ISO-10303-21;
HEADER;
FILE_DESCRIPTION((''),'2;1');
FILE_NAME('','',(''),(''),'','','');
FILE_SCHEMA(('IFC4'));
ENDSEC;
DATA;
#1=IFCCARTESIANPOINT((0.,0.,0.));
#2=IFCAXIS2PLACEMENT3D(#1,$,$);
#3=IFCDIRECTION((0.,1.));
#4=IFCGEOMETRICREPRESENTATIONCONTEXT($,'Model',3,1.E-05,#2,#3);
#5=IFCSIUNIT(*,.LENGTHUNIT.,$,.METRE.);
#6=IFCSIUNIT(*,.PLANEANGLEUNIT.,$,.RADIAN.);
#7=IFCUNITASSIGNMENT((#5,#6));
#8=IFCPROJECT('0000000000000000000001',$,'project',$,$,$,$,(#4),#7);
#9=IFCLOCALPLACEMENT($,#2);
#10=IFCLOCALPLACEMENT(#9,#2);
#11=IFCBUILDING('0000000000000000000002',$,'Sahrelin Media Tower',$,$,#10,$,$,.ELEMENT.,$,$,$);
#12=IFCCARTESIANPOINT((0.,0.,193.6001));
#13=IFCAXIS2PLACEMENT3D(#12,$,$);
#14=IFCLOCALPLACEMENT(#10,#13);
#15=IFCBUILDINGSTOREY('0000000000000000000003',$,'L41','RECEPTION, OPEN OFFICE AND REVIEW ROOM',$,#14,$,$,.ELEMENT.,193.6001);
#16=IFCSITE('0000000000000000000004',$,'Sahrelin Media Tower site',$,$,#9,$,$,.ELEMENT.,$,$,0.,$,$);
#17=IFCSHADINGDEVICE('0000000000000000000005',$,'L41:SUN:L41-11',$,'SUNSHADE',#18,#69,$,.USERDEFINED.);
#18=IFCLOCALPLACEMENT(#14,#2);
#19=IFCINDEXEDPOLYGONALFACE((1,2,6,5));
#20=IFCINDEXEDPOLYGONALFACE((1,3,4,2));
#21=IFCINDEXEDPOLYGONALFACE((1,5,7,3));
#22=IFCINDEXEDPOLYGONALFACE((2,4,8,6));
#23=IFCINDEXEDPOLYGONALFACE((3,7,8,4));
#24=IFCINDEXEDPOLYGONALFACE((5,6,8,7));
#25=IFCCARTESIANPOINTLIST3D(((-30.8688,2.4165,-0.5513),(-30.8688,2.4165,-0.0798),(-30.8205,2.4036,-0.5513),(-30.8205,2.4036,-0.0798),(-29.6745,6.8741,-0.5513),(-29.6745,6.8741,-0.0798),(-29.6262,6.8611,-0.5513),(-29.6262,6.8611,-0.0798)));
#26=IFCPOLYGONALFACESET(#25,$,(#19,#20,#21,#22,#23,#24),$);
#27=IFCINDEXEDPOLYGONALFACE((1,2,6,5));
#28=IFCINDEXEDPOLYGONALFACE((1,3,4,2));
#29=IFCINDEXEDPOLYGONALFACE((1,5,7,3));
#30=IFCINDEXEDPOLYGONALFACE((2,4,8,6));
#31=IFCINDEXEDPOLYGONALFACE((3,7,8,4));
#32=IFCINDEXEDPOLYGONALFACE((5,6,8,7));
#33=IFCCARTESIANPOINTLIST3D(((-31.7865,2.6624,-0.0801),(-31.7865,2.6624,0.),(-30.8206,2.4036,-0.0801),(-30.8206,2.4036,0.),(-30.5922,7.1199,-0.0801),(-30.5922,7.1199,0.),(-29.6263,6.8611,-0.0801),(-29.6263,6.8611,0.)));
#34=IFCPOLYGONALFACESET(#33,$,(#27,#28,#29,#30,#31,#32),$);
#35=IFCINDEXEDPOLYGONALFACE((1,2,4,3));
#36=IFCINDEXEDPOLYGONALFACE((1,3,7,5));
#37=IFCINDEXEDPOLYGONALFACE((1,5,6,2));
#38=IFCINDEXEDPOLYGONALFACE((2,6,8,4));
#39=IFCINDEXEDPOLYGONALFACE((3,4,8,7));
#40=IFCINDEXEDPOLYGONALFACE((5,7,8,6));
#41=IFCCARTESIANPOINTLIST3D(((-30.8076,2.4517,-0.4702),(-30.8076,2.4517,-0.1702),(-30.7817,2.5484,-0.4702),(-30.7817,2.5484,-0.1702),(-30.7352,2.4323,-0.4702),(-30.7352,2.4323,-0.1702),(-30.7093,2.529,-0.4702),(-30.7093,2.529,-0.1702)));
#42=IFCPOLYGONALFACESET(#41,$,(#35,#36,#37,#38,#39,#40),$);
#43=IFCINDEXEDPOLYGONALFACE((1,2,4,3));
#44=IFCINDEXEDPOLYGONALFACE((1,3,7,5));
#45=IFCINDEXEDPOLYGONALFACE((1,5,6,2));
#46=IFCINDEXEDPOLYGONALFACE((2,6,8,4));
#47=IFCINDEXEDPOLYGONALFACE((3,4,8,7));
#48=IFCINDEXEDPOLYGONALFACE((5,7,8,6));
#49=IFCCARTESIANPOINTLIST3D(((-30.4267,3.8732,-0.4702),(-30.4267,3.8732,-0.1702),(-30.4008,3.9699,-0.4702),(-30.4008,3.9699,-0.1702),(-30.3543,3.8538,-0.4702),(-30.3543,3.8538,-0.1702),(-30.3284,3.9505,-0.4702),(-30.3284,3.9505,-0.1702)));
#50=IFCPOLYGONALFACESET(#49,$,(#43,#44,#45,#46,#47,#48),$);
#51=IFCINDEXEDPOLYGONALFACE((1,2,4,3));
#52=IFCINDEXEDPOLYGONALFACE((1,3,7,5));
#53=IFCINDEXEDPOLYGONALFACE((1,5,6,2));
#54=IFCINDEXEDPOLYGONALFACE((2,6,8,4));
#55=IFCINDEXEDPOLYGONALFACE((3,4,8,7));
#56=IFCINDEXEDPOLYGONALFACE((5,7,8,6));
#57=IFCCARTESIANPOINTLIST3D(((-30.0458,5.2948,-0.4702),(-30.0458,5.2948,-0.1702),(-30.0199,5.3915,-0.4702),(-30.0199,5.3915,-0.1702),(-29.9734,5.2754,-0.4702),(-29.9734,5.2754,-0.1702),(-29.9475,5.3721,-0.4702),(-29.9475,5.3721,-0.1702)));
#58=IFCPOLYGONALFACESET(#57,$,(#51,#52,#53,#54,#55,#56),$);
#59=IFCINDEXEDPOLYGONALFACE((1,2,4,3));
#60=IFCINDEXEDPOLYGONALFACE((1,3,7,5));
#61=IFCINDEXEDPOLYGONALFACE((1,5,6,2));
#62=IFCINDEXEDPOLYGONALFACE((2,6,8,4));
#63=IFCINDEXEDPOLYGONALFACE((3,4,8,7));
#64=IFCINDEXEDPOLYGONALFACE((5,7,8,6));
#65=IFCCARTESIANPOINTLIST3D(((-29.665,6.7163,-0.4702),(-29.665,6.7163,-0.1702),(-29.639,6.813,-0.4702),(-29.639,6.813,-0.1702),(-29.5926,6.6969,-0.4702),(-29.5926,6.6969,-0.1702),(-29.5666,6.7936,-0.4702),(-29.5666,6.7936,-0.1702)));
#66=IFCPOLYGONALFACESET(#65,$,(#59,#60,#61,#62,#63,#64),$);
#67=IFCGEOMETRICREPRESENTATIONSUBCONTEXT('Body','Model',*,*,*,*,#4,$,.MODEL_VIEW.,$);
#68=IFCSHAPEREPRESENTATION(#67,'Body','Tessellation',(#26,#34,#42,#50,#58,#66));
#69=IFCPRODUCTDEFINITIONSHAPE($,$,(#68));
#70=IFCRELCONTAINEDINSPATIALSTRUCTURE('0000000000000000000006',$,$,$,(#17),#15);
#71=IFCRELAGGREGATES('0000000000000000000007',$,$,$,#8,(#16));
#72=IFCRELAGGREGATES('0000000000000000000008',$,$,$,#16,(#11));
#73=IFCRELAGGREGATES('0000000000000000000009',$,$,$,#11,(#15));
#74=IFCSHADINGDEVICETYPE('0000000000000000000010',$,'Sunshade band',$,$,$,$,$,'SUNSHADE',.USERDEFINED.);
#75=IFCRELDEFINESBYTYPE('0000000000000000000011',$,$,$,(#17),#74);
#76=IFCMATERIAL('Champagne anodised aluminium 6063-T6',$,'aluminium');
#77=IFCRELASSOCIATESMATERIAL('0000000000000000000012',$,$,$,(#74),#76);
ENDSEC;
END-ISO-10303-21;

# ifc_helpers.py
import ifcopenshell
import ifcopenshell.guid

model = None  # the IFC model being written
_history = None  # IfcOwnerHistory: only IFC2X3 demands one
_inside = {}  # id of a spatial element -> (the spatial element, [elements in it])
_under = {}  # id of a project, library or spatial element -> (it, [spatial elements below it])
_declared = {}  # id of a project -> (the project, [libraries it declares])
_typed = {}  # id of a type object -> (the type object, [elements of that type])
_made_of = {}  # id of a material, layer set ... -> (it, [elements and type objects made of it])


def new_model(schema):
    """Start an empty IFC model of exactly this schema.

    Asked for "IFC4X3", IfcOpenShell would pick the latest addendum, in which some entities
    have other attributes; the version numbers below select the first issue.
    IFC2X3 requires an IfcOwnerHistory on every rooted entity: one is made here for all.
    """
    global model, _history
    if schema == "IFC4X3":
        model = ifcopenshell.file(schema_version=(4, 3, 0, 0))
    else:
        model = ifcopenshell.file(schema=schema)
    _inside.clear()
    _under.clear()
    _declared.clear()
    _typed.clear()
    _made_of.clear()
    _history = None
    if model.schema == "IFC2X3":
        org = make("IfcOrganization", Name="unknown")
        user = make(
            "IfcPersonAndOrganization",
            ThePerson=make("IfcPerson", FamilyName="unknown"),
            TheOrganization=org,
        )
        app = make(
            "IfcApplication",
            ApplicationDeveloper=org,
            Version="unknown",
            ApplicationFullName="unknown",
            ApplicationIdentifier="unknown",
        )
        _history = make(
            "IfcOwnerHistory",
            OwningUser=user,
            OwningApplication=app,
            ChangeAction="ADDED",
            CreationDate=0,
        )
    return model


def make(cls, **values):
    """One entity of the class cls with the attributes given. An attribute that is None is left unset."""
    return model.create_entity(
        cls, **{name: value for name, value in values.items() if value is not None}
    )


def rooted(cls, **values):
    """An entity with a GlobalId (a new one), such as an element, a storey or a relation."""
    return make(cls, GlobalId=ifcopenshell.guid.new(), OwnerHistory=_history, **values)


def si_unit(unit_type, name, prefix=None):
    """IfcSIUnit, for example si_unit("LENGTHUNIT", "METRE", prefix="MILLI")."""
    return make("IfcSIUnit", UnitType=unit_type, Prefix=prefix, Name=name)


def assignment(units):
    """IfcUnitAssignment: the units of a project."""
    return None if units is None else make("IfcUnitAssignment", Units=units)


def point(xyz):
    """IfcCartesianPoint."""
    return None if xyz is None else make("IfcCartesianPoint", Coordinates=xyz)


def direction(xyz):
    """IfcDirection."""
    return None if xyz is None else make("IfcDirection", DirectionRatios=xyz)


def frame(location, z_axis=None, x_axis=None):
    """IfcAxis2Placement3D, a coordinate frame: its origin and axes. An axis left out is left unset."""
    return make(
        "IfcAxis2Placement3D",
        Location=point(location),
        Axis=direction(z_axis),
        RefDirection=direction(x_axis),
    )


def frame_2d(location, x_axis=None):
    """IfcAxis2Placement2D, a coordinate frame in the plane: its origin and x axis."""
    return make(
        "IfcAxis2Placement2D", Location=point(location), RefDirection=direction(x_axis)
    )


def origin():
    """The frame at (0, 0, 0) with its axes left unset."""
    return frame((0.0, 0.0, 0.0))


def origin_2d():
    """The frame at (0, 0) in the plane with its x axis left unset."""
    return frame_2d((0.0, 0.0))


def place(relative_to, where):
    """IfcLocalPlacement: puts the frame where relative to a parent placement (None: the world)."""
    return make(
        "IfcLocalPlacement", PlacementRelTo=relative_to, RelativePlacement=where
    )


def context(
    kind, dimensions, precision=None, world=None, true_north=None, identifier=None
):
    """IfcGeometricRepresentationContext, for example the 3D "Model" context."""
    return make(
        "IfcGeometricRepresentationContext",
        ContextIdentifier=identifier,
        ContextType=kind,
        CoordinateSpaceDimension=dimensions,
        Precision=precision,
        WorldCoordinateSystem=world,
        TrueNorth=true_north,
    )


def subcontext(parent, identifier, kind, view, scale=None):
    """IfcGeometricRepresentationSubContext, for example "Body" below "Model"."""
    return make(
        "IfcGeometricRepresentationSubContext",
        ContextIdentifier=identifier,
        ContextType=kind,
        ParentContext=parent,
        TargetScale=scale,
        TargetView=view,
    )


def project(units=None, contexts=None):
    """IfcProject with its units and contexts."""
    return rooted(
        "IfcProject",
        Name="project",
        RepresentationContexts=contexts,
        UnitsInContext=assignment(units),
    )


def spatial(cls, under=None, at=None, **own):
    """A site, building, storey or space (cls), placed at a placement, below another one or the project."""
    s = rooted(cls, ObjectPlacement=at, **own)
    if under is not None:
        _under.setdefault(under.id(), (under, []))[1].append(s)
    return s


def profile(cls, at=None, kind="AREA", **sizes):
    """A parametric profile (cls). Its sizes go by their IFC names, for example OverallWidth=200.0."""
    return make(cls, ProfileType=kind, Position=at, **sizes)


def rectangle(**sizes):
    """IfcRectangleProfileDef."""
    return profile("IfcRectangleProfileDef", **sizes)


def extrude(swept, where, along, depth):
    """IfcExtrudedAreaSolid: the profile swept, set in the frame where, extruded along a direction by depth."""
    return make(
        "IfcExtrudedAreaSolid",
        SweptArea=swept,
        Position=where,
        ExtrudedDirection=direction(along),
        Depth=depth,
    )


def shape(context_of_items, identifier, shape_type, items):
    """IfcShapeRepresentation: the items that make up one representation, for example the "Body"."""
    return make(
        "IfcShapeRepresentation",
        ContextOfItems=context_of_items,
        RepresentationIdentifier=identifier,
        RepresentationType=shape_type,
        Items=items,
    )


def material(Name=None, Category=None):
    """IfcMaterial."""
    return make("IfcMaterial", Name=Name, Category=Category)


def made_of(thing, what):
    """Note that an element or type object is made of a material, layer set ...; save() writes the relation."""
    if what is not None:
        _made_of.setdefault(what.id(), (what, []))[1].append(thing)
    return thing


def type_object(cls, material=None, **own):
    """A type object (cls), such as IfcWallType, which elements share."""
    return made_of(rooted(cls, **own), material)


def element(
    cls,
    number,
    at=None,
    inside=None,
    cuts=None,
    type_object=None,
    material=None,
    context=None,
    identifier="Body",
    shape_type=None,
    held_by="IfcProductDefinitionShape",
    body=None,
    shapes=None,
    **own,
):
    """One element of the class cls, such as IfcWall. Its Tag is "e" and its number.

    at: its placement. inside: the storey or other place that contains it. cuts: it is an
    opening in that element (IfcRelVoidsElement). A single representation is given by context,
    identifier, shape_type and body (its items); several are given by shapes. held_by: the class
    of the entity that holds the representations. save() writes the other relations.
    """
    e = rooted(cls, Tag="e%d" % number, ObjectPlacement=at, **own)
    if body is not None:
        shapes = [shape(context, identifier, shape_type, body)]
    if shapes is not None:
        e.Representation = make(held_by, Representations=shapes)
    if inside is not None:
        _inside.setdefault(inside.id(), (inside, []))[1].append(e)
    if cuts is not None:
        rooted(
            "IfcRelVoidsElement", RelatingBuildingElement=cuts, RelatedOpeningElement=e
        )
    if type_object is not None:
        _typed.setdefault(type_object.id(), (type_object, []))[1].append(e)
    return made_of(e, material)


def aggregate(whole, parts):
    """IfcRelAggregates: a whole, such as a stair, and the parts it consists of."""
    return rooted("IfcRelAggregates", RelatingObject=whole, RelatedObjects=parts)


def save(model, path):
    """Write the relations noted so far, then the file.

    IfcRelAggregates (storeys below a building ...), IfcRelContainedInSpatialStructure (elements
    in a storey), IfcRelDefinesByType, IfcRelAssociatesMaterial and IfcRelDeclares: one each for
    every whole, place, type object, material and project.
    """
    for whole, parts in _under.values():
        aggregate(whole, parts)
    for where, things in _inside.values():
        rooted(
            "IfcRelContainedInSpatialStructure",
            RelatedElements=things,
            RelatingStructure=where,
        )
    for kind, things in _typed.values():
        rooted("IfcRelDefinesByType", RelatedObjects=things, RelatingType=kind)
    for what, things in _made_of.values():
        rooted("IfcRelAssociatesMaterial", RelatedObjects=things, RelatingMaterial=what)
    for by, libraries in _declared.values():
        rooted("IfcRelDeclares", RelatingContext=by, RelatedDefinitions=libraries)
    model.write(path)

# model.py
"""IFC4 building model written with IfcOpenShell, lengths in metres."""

from ifc_helpers import new_model, si_unit, direction, frame, origin, origin_2d, place, context, subcontext, project, spatial, rectangle, extrude, material, type_object, element, save


model = new_model("IFC4")

# Units and contexts
model_context = context("Model", 3, precision=1e-05, world=origin(), true_north=direction((0.0, 1.0)))
body_context = subcontext(model_context, "Body", "Model", "MODEL_VIEW")
ifc_project = project(units=[si_unit("LENGTHUNIT", "METRE"), si_unit("PLANEANGLEUNIT", "RADIAN")], contexts=[model_context])

# Site, building, storey
site_placement = place(None, origin())
site = spatial("IfcSite", under=ifc_project, at=site_placement, Name="Sahrelin Media Tower site", CompositionType="ELEMENT", RefElevation=0.0)
building_placement = place(site_placement, origin())
building = spatial("IfcBuilding", under=site, at=building_placement, Name="Sahrelin Media Tower", CompositionType="ELEMENT")
storey_placement = place(building_placement, frame((0.0, 0.0, 193.6001)))
storey = spatial("IfcBuildingStorey", under=building, at=storey_placement, Name="L41", Description="RECEPTION, OPEN OFFICE AND REVIEW ROOM", CompositionType="ELEMENT", Elevation=193.6001)

# Shared definitions
ifc_material_1 = material(Name="Champagne anodised aluminium 6063-T6", Category="aluminium")

# Shading device
placement_1 = place(storey_placement, frame((-30.2041, 4.6272, 0.0), z_axis=(0.0, 0.0, 1.0), x_axis=(0.258808, 0.965929, 0.0)))
shading_device_type_1 = type_object("IfcShadingDeviceType", Name="Sunshade band", ElementType="SUNSHADE", PredefinedType="USERDEFINED", material=ifc_material_1)
element("IfcShadingDevice", 1, at=placement_1, inside=storey, type_object=shading_device_type_1, Name="L41:SUN:L41-11", ObjectType="SUNSHADE", PredefinedType="USERDEFINED", context=body_context, shape_type="SweptSolid", body=[
    extrude(rectangle(XDim=4.6147, YDim=0.05, at=origin_2d()), frame((0.0, 0.0449, -0.5513)), (0.0, 0.0, 1.0), 0.4714),
    extrude(rectangle(XDim=4.6147, YDim=1.0, at=origin_2d()), frame((0.0, 0.52, -0.0801)), (0.0, 0.0, 1.0), 0.0801),
    extrude(rectangle(XDim=0.1001, YDim=0.075, at=origin_2d()), frame((-2.2075, -0.0176, -0.4702)), (0.0, 0.0, 1.0), 0.3),
    extrude(rectangle(XDim=0.1001, YDim=0.075, at=origin_2d()), frame((-0.7358, -0.0176, -0.4702)), (0.0, 0.0, 1.0), 0.3),
    extrude(rectangle(XDim=0.1001, YDim=0.075, at=origin_2d()), frame((0.7358, -0.0176, -0.4702)), (0.0, 0.0, 1.0), 0.3),
    extrude(rectangle(XDim=0.1001, YDim=0.075, at=origin_2d()), frame((2.2075, -0.0176, -0.4702)), (0.0, 0.0, 1.0), 0.3),
])

save(model, "model.ifc")
